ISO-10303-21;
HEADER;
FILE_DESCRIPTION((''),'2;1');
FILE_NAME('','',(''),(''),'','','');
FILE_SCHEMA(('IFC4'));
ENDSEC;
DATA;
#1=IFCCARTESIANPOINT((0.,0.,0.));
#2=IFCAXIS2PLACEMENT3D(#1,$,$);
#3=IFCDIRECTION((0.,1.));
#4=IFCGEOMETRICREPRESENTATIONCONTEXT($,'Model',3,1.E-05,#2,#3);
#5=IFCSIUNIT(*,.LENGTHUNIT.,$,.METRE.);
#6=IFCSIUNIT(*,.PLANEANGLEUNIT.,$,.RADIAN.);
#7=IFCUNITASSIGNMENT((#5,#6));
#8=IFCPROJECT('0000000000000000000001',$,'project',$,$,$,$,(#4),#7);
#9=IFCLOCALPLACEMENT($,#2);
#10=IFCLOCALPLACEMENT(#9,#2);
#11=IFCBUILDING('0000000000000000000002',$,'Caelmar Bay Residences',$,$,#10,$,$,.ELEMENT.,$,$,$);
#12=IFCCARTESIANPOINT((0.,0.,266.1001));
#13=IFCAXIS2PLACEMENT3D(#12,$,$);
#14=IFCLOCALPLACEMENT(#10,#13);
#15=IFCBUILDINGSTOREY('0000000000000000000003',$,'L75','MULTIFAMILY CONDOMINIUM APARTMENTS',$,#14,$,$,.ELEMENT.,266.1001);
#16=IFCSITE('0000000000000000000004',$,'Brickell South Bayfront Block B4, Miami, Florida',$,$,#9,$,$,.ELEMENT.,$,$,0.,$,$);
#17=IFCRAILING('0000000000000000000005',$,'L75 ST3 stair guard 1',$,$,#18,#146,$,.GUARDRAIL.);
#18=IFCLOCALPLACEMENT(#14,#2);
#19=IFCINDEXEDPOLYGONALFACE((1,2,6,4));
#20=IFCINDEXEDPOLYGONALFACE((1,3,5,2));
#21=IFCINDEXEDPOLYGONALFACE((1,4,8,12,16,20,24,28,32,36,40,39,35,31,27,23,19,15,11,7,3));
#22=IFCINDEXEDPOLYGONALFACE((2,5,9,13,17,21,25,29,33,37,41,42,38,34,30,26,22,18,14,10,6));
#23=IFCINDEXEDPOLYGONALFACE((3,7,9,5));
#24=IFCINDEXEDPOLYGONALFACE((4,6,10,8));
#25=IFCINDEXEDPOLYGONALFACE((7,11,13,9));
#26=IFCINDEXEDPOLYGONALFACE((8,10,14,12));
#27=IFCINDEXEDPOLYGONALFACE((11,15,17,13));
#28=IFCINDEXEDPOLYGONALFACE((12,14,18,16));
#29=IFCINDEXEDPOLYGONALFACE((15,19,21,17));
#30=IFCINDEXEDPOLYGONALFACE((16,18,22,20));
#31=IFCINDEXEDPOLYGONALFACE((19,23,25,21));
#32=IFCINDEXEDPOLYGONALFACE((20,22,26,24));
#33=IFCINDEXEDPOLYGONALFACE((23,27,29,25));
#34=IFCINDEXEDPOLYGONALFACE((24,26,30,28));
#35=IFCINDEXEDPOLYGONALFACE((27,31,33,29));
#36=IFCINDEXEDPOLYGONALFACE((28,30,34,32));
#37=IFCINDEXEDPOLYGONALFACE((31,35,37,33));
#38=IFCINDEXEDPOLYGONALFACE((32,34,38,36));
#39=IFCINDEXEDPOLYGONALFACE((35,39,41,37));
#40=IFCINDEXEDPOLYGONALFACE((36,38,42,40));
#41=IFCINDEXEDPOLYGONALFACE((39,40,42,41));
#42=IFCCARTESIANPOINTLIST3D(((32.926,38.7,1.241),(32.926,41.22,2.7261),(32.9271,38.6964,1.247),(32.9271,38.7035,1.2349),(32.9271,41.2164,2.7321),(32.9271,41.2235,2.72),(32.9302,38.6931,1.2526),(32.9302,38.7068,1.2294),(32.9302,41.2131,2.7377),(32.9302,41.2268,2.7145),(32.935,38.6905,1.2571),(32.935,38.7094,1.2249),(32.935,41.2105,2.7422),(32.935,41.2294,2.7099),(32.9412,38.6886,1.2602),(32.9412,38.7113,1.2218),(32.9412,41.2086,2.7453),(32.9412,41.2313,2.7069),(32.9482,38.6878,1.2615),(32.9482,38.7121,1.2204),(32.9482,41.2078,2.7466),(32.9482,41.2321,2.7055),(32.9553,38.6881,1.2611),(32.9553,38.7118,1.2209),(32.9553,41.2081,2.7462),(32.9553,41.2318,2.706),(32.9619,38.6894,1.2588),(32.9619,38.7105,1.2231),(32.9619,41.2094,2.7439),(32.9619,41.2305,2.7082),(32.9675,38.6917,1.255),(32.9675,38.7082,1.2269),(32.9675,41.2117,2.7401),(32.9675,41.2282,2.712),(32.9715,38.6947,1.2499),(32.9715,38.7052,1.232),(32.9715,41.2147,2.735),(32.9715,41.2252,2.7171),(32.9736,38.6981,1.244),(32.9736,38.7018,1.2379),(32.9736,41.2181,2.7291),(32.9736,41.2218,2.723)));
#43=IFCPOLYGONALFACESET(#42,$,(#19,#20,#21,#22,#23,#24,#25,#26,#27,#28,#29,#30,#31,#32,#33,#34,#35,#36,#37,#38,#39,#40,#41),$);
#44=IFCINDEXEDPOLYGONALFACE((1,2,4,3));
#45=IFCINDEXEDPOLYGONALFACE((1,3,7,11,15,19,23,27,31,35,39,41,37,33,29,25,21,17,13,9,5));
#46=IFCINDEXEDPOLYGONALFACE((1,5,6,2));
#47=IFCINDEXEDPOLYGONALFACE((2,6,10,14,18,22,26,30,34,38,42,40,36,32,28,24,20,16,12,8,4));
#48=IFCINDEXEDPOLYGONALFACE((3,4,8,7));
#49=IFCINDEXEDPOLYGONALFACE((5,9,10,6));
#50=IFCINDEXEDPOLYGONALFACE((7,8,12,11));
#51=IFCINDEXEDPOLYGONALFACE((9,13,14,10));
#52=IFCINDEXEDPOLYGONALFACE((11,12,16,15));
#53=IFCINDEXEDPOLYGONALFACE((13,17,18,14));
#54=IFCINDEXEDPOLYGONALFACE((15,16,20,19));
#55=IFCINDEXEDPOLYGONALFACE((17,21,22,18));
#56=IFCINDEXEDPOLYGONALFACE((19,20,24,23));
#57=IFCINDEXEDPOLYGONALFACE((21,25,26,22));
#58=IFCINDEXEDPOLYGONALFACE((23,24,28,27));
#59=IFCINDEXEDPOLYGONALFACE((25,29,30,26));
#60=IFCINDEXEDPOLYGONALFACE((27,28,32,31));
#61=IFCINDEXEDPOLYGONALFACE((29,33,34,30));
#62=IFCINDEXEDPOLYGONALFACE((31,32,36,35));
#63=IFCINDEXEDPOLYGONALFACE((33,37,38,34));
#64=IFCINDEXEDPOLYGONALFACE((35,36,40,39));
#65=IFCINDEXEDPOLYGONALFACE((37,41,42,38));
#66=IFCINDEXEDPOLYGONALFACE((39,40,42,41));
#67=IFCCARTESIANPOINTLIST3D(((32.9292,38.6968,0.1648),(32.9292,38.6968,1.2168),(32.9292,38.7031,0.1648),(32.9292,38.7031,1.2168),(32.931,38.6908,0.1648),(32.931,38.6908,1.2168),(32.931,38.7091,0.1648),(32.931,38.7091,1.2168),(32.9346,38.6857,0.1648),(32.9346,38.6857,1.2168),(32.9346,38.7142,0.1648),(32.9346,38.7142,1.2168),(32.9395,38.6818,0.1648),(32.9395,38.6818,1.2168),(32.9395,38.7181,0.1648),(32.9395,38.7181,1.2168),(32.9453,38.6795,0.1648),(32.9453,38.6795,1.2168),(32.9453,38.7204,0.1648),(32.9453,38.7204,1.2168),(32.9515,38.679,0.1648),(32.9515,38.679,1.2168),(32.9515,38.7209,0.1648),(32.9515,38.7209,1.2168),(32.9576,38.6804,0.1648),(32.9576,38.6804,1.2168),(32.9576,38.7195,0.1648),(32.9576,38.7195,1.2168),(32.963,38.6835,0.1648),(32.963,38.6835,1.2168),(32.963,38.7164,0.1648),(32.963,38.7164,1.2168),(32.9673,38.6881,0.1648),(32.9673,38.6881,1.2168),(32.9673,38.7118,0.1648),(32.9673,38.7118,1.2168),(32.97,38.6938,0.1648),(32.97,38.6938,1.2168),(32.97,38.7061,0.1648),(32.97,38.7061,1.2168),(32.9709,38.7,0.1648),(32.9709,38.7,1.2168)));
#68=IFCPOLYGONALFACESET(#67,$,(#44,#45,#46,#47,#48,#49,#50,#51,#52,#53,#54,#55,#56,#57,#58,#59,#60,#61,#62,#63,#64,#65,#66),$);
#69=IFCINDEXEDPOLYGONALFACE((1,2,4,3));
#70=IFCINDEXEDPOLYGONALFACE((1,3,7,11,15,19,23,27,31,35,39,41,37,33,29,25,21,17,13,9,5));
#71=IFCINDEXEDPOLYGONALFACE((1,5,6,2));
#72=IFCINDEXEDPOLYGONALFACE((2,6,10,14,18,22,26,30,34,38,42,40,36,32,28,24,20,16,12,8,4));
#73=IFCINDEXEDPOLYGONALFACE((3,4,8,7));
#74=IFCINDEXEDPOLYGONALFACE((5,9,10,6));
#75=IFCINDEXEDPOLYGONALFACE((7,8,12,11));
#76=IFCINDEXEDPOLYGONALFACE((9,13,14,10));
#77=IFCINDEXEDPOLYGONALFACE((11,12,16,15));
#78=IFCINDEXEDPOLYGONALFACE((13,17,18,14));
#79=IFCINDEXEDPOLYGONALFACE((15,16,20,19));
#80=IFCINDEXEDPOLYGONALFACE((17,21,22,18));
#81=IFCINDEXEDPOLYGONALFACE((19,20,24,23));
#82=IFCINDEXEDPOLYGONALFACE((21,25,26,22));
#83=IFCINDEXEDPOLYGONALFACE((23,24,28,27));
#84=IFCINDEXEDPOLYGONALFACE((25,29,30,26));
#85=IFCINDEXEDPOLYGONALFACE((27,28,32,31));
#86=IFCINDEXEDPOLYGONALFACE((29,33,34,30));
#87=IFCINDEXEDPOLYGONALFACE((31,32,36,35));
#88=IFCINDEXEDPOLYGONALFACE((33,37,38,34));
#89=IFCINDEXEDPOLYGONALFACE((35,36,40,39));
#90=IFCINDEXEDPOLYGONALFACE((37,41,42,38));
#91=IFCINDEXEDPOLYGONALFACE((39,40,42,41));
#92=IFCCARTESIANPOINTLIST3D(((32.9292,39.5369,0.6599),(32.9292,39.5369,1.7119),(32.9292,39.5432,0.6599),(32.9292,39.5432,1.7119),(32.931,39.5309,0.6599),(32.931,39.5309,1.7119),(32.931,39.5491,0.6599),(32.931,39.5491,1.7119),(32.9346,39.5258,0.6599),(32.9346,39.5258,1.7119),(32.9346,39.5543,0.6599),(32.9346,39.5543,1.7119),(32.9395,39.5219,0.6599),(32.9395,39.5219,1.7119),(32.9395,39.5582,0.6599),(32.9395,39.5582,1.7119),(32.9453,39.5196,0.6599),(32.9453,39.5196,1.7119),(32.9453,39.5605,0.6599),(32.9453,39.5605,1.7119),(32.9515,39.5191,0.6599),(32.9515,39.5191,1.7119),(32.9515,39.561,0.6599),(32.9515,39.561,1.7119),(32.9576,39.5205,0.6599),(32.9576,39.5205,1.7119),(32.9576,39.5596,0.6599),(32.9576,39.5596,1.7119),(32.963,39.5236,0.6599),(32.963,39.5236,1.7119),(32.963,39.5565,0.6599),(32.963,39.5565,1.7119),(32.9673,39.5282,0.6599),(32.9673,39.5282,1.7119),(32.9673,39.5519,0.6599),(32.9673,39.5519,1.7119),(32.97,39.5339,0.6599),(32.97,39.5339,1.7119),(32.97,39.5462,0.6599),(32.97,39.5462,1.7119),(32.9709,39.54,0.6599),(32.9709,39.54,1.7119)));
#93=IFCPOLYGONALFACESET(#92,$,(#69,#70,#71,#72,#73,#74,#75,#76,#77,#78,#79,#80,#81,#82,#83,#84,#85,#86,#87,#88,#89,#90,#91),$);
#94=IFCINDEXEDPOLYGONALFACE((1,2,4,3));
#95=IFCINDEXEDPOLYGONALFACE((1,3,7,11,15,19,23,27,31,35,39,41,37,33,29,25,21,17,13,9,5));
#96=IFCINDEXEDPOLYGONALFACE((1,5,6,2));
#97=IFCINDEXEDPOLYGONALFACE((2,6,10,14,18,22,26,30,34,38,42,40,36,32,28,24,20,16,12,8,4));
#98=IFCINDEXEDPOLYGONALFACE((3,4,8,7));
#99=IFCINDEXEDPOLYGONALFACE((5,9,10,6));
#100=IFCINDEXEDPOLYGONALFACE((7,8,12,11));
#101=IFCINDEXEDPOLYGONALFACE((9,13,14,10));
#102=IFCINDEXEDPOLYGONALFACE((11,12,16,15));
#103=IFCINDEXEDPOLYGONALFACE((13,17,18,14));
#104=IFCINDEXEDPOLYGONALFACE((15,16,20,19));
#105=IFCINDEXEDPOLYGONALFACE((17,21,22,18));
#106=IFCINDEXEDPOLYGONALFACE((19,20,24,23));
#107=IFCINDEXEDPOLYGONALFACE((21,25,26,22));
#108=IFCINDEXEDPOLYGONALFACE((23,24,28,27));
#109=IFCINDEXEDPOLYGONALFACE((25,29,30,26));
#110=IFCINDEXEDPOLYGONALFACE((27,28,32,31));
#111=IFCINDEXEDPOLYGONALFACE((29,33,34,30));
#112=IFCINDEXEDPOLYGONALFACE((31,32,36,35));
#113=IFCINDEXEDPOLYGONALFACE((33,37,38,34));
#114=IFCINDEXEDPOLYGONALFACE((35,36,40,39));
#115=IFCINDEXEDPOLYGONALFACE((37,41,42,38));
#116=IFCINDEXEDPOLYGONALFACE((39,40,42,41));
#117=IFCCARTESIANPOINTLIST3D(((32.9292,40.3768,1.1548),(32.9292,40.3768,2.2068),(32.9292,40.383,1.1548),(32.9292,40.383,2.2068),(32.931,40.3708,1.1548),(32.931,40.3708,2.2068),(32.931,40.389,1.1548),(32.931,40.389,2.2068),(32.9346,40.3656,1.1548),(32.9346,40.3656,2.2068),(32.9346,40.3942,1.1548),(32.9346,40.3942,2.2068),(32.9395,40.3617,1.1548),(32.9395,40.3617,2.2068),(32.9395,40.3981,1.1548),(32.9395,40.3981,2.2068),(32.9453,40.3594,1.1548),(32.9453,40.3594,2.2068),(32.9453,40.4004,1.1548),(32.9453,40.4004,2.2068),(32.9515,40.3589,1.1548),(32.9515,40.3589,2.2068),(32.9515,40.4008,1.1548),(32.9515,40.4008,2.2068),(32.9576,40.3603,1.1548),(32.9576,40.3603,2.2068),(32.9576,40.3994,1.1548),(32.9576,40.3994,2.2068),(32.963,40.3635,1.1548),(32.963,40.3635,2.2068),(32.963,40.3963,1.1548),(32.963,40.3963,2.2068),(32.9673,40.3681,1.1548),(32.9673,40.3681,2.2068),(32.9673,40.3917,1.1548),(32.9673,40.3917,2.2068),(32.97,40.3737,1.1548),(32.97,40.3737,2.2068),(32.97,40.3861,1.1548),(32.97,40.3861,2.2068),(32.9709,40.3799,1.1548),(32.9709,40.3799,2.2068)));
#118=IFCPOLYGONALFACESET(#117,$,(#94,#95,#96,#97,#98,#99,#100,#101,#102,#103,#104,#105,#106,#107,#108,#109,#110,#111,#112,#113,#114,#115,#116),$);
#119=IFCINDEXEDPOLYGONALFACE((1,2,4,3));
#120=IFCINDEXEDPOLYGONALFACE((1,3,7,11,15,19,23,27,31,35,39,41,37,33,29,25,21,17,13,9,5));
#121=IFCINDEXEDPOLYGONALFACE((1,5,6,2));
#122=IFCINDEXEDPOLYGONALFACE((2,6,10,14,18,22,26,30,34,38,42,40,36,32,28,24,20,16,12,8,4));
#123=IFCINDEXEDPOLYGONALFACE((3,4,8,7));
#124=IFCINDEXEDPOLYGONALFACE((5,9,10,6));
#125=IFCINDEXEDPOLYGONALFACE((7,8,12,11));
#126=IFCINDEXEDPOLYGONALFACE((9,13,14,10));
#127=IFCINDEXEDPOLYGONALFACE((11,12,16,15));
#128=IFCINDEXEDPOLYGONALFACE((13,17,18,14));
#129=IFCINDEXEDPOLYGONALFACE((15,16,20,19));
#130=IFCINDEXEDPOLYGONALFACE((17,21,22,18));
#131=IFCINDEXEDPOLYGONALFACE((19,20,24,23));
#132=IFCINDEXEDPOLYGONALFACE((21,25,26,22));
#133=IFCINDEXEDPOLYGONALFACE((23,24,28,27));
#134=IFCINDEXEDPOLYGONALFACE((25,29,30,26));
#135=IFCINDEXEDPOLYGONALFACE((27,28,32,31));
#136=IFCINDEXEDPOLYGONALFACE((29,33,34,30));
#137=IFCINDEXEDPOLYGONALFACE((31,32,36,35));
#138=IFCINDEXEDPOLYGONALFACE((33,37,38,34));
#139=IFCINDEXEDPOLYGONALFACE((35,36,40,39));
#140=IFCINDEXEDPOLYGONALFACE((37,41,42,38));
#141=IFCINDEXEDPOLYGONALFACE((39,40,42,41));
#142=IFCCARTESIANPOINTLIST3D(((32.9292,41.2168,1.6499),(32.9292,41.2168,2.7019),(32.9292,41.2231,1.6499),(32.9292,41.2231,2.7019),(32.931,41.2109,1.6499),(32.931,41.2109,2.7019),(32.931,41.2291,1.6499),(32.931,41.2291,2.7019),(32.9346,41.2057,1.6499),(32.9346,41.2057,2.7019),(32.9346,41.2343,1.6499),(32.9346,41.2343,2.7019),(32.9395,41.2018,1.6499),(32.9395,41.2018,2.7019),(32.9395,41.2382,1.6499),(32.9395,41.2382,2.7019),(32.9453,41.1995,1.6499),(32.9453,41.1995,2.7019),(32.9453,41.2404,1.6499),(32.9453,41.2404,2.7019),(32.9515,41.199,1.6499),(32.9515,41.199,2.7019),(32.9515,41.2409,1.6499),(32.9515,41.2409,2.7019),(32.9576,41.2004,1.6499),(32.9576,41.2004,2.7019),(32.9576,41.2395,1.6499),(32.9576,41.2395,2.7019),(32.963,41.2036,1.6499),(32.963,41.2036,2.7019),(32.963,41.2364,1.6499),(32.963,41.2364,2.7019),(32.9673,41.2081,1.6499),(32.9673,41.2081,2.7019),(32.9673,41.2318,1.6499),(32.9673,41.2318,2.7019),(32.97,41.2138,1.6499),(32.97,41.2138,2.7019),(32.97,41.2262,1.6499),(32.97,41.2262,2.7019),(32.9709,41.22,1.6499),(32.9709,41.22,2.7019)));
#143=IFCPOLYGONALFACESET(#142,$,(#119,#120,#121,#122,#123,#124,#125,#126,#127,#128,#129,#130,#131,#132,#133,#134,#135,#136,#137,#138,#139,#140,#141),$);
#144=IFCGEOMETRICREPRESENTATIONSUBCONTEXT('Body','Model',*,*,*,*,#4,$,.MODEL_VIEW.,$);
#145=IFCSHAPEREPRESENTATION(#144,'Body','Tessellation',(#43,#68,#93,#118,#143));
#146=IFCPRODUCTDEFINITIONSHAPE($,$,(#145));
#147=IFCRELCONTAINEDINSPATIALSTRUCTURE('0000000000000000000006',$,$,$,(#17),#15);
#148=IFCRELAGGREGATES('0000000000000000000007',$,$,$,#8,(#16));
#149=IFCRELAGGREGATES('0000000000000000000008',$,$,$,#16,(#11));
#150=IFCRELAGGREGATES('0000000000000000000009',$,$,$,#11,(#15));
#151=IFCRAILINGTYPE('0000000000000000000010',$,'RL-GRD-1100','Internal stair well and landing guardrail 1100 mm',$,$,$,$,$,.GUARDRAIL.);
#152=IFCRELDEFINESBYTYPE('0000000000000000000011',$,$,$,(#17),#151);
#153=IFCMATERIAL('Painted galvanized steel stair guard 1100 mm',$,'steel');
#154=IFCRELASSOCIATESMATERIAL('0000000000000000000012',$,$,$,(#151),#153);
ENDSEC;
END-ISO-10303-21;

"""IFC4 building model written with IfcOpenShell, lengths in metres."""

from ifc_helpers import new_model, si_unit, direction, frame, origin, origin_2d, place, context, subcontext, project, spatial, circle, extrude, material, type_object, element, save


model = new_model("IFC4")

# Units and contexts
model_context = context("Model", 3, precision=1e-05, world=origin(), true_north=direction((0.0, 1.0)))
body_context = subcontext(model_context, "Body", "Model", "MODEL_VIEW")
ifc_project = project(units=[si_unit("LENGTHUNIT", "METRE"), si_unit("PLANEANGLEUNIT", "RADIAN")], contexts=[model_context])

# Site, building, storey
site_placement = place(None, origin())
site = spatial("IfcSite", under=ifc_project, at=site_placement, Name="Brickell South Bayfront Block B4, Miami, Florida", CompositionType="ELEMENT", RefElevation=0.0)
building_placement = place(site_placement, origin())
building = spatial("IfcBuilding", under=site, at=building_placement, Name="Caelmar Bay Residences", CompositionType="ELEMENT")
storey_placement = place(building_placement, frame((0.0, 0.0, 266.1001)))
storey = spatial("IfcBuildingStorey", under=building, at=storey_placement, Name="L75", Description="MULTIFAMILY CONDOMINIUM APARTMENTS", CompositionType="ELEMENT", Elevation=266.1001)

# Railing
ifc_material_1 = material(Name="Painted galvanized steel stair guard 1100 mm", Category="steel")
railing_type_1 = type_object("IfcRailingType", Name="RL-GRD-1100", Description="Internal stair well and landing guardrail 1100 mm", PredefinedType="GUARDRAIL", material=ifc_material_1)
railing_1_placement = place(storey_placement, frame((32.95, 38.7, 0.1648)))
element("IfcRailing", 1, at=railing_1_placement, inside=storey, type_object=railing_type_1, Name="L75 ST3 stair guard 1", PredefinedType="GUARDRAIL", context=body_context, shape_type="SweptSolid", body=[
    extrude(circle(Radius=0.0239, at=origin_2d()), frame((0.0, 0.0, 1.0762), z_axis=(0.0, 0.861524, 0.507717), x_axis=(-1.0, 0.0, 0.0)), (0.0, 0.0, 1.0), 2.925),
    extrude(circle(Radius=0.021, at=origin_2d()), origin(), (0.0, 0.0, 1.0), 1.052),
    extrude(circle(Radius=0.021, at=origin_2d()), frame((0.0, 0.8401, 0.4951)), (0.0, 0.0, 1.0), 1.052),
    extrude(circle(Radius=0.021, at=origin_2d()), frame((0.0, 1.6799, 0.99)), (0.0, 0.0, 1.0), 1.052),
    extrude(circle(Radius=0.021, at=origin_2d()), frame((0.0, 2.52, 1.4851)), (0.0, 0.0, 1.0), 1.052),
])

save(model, "model.ifc")
